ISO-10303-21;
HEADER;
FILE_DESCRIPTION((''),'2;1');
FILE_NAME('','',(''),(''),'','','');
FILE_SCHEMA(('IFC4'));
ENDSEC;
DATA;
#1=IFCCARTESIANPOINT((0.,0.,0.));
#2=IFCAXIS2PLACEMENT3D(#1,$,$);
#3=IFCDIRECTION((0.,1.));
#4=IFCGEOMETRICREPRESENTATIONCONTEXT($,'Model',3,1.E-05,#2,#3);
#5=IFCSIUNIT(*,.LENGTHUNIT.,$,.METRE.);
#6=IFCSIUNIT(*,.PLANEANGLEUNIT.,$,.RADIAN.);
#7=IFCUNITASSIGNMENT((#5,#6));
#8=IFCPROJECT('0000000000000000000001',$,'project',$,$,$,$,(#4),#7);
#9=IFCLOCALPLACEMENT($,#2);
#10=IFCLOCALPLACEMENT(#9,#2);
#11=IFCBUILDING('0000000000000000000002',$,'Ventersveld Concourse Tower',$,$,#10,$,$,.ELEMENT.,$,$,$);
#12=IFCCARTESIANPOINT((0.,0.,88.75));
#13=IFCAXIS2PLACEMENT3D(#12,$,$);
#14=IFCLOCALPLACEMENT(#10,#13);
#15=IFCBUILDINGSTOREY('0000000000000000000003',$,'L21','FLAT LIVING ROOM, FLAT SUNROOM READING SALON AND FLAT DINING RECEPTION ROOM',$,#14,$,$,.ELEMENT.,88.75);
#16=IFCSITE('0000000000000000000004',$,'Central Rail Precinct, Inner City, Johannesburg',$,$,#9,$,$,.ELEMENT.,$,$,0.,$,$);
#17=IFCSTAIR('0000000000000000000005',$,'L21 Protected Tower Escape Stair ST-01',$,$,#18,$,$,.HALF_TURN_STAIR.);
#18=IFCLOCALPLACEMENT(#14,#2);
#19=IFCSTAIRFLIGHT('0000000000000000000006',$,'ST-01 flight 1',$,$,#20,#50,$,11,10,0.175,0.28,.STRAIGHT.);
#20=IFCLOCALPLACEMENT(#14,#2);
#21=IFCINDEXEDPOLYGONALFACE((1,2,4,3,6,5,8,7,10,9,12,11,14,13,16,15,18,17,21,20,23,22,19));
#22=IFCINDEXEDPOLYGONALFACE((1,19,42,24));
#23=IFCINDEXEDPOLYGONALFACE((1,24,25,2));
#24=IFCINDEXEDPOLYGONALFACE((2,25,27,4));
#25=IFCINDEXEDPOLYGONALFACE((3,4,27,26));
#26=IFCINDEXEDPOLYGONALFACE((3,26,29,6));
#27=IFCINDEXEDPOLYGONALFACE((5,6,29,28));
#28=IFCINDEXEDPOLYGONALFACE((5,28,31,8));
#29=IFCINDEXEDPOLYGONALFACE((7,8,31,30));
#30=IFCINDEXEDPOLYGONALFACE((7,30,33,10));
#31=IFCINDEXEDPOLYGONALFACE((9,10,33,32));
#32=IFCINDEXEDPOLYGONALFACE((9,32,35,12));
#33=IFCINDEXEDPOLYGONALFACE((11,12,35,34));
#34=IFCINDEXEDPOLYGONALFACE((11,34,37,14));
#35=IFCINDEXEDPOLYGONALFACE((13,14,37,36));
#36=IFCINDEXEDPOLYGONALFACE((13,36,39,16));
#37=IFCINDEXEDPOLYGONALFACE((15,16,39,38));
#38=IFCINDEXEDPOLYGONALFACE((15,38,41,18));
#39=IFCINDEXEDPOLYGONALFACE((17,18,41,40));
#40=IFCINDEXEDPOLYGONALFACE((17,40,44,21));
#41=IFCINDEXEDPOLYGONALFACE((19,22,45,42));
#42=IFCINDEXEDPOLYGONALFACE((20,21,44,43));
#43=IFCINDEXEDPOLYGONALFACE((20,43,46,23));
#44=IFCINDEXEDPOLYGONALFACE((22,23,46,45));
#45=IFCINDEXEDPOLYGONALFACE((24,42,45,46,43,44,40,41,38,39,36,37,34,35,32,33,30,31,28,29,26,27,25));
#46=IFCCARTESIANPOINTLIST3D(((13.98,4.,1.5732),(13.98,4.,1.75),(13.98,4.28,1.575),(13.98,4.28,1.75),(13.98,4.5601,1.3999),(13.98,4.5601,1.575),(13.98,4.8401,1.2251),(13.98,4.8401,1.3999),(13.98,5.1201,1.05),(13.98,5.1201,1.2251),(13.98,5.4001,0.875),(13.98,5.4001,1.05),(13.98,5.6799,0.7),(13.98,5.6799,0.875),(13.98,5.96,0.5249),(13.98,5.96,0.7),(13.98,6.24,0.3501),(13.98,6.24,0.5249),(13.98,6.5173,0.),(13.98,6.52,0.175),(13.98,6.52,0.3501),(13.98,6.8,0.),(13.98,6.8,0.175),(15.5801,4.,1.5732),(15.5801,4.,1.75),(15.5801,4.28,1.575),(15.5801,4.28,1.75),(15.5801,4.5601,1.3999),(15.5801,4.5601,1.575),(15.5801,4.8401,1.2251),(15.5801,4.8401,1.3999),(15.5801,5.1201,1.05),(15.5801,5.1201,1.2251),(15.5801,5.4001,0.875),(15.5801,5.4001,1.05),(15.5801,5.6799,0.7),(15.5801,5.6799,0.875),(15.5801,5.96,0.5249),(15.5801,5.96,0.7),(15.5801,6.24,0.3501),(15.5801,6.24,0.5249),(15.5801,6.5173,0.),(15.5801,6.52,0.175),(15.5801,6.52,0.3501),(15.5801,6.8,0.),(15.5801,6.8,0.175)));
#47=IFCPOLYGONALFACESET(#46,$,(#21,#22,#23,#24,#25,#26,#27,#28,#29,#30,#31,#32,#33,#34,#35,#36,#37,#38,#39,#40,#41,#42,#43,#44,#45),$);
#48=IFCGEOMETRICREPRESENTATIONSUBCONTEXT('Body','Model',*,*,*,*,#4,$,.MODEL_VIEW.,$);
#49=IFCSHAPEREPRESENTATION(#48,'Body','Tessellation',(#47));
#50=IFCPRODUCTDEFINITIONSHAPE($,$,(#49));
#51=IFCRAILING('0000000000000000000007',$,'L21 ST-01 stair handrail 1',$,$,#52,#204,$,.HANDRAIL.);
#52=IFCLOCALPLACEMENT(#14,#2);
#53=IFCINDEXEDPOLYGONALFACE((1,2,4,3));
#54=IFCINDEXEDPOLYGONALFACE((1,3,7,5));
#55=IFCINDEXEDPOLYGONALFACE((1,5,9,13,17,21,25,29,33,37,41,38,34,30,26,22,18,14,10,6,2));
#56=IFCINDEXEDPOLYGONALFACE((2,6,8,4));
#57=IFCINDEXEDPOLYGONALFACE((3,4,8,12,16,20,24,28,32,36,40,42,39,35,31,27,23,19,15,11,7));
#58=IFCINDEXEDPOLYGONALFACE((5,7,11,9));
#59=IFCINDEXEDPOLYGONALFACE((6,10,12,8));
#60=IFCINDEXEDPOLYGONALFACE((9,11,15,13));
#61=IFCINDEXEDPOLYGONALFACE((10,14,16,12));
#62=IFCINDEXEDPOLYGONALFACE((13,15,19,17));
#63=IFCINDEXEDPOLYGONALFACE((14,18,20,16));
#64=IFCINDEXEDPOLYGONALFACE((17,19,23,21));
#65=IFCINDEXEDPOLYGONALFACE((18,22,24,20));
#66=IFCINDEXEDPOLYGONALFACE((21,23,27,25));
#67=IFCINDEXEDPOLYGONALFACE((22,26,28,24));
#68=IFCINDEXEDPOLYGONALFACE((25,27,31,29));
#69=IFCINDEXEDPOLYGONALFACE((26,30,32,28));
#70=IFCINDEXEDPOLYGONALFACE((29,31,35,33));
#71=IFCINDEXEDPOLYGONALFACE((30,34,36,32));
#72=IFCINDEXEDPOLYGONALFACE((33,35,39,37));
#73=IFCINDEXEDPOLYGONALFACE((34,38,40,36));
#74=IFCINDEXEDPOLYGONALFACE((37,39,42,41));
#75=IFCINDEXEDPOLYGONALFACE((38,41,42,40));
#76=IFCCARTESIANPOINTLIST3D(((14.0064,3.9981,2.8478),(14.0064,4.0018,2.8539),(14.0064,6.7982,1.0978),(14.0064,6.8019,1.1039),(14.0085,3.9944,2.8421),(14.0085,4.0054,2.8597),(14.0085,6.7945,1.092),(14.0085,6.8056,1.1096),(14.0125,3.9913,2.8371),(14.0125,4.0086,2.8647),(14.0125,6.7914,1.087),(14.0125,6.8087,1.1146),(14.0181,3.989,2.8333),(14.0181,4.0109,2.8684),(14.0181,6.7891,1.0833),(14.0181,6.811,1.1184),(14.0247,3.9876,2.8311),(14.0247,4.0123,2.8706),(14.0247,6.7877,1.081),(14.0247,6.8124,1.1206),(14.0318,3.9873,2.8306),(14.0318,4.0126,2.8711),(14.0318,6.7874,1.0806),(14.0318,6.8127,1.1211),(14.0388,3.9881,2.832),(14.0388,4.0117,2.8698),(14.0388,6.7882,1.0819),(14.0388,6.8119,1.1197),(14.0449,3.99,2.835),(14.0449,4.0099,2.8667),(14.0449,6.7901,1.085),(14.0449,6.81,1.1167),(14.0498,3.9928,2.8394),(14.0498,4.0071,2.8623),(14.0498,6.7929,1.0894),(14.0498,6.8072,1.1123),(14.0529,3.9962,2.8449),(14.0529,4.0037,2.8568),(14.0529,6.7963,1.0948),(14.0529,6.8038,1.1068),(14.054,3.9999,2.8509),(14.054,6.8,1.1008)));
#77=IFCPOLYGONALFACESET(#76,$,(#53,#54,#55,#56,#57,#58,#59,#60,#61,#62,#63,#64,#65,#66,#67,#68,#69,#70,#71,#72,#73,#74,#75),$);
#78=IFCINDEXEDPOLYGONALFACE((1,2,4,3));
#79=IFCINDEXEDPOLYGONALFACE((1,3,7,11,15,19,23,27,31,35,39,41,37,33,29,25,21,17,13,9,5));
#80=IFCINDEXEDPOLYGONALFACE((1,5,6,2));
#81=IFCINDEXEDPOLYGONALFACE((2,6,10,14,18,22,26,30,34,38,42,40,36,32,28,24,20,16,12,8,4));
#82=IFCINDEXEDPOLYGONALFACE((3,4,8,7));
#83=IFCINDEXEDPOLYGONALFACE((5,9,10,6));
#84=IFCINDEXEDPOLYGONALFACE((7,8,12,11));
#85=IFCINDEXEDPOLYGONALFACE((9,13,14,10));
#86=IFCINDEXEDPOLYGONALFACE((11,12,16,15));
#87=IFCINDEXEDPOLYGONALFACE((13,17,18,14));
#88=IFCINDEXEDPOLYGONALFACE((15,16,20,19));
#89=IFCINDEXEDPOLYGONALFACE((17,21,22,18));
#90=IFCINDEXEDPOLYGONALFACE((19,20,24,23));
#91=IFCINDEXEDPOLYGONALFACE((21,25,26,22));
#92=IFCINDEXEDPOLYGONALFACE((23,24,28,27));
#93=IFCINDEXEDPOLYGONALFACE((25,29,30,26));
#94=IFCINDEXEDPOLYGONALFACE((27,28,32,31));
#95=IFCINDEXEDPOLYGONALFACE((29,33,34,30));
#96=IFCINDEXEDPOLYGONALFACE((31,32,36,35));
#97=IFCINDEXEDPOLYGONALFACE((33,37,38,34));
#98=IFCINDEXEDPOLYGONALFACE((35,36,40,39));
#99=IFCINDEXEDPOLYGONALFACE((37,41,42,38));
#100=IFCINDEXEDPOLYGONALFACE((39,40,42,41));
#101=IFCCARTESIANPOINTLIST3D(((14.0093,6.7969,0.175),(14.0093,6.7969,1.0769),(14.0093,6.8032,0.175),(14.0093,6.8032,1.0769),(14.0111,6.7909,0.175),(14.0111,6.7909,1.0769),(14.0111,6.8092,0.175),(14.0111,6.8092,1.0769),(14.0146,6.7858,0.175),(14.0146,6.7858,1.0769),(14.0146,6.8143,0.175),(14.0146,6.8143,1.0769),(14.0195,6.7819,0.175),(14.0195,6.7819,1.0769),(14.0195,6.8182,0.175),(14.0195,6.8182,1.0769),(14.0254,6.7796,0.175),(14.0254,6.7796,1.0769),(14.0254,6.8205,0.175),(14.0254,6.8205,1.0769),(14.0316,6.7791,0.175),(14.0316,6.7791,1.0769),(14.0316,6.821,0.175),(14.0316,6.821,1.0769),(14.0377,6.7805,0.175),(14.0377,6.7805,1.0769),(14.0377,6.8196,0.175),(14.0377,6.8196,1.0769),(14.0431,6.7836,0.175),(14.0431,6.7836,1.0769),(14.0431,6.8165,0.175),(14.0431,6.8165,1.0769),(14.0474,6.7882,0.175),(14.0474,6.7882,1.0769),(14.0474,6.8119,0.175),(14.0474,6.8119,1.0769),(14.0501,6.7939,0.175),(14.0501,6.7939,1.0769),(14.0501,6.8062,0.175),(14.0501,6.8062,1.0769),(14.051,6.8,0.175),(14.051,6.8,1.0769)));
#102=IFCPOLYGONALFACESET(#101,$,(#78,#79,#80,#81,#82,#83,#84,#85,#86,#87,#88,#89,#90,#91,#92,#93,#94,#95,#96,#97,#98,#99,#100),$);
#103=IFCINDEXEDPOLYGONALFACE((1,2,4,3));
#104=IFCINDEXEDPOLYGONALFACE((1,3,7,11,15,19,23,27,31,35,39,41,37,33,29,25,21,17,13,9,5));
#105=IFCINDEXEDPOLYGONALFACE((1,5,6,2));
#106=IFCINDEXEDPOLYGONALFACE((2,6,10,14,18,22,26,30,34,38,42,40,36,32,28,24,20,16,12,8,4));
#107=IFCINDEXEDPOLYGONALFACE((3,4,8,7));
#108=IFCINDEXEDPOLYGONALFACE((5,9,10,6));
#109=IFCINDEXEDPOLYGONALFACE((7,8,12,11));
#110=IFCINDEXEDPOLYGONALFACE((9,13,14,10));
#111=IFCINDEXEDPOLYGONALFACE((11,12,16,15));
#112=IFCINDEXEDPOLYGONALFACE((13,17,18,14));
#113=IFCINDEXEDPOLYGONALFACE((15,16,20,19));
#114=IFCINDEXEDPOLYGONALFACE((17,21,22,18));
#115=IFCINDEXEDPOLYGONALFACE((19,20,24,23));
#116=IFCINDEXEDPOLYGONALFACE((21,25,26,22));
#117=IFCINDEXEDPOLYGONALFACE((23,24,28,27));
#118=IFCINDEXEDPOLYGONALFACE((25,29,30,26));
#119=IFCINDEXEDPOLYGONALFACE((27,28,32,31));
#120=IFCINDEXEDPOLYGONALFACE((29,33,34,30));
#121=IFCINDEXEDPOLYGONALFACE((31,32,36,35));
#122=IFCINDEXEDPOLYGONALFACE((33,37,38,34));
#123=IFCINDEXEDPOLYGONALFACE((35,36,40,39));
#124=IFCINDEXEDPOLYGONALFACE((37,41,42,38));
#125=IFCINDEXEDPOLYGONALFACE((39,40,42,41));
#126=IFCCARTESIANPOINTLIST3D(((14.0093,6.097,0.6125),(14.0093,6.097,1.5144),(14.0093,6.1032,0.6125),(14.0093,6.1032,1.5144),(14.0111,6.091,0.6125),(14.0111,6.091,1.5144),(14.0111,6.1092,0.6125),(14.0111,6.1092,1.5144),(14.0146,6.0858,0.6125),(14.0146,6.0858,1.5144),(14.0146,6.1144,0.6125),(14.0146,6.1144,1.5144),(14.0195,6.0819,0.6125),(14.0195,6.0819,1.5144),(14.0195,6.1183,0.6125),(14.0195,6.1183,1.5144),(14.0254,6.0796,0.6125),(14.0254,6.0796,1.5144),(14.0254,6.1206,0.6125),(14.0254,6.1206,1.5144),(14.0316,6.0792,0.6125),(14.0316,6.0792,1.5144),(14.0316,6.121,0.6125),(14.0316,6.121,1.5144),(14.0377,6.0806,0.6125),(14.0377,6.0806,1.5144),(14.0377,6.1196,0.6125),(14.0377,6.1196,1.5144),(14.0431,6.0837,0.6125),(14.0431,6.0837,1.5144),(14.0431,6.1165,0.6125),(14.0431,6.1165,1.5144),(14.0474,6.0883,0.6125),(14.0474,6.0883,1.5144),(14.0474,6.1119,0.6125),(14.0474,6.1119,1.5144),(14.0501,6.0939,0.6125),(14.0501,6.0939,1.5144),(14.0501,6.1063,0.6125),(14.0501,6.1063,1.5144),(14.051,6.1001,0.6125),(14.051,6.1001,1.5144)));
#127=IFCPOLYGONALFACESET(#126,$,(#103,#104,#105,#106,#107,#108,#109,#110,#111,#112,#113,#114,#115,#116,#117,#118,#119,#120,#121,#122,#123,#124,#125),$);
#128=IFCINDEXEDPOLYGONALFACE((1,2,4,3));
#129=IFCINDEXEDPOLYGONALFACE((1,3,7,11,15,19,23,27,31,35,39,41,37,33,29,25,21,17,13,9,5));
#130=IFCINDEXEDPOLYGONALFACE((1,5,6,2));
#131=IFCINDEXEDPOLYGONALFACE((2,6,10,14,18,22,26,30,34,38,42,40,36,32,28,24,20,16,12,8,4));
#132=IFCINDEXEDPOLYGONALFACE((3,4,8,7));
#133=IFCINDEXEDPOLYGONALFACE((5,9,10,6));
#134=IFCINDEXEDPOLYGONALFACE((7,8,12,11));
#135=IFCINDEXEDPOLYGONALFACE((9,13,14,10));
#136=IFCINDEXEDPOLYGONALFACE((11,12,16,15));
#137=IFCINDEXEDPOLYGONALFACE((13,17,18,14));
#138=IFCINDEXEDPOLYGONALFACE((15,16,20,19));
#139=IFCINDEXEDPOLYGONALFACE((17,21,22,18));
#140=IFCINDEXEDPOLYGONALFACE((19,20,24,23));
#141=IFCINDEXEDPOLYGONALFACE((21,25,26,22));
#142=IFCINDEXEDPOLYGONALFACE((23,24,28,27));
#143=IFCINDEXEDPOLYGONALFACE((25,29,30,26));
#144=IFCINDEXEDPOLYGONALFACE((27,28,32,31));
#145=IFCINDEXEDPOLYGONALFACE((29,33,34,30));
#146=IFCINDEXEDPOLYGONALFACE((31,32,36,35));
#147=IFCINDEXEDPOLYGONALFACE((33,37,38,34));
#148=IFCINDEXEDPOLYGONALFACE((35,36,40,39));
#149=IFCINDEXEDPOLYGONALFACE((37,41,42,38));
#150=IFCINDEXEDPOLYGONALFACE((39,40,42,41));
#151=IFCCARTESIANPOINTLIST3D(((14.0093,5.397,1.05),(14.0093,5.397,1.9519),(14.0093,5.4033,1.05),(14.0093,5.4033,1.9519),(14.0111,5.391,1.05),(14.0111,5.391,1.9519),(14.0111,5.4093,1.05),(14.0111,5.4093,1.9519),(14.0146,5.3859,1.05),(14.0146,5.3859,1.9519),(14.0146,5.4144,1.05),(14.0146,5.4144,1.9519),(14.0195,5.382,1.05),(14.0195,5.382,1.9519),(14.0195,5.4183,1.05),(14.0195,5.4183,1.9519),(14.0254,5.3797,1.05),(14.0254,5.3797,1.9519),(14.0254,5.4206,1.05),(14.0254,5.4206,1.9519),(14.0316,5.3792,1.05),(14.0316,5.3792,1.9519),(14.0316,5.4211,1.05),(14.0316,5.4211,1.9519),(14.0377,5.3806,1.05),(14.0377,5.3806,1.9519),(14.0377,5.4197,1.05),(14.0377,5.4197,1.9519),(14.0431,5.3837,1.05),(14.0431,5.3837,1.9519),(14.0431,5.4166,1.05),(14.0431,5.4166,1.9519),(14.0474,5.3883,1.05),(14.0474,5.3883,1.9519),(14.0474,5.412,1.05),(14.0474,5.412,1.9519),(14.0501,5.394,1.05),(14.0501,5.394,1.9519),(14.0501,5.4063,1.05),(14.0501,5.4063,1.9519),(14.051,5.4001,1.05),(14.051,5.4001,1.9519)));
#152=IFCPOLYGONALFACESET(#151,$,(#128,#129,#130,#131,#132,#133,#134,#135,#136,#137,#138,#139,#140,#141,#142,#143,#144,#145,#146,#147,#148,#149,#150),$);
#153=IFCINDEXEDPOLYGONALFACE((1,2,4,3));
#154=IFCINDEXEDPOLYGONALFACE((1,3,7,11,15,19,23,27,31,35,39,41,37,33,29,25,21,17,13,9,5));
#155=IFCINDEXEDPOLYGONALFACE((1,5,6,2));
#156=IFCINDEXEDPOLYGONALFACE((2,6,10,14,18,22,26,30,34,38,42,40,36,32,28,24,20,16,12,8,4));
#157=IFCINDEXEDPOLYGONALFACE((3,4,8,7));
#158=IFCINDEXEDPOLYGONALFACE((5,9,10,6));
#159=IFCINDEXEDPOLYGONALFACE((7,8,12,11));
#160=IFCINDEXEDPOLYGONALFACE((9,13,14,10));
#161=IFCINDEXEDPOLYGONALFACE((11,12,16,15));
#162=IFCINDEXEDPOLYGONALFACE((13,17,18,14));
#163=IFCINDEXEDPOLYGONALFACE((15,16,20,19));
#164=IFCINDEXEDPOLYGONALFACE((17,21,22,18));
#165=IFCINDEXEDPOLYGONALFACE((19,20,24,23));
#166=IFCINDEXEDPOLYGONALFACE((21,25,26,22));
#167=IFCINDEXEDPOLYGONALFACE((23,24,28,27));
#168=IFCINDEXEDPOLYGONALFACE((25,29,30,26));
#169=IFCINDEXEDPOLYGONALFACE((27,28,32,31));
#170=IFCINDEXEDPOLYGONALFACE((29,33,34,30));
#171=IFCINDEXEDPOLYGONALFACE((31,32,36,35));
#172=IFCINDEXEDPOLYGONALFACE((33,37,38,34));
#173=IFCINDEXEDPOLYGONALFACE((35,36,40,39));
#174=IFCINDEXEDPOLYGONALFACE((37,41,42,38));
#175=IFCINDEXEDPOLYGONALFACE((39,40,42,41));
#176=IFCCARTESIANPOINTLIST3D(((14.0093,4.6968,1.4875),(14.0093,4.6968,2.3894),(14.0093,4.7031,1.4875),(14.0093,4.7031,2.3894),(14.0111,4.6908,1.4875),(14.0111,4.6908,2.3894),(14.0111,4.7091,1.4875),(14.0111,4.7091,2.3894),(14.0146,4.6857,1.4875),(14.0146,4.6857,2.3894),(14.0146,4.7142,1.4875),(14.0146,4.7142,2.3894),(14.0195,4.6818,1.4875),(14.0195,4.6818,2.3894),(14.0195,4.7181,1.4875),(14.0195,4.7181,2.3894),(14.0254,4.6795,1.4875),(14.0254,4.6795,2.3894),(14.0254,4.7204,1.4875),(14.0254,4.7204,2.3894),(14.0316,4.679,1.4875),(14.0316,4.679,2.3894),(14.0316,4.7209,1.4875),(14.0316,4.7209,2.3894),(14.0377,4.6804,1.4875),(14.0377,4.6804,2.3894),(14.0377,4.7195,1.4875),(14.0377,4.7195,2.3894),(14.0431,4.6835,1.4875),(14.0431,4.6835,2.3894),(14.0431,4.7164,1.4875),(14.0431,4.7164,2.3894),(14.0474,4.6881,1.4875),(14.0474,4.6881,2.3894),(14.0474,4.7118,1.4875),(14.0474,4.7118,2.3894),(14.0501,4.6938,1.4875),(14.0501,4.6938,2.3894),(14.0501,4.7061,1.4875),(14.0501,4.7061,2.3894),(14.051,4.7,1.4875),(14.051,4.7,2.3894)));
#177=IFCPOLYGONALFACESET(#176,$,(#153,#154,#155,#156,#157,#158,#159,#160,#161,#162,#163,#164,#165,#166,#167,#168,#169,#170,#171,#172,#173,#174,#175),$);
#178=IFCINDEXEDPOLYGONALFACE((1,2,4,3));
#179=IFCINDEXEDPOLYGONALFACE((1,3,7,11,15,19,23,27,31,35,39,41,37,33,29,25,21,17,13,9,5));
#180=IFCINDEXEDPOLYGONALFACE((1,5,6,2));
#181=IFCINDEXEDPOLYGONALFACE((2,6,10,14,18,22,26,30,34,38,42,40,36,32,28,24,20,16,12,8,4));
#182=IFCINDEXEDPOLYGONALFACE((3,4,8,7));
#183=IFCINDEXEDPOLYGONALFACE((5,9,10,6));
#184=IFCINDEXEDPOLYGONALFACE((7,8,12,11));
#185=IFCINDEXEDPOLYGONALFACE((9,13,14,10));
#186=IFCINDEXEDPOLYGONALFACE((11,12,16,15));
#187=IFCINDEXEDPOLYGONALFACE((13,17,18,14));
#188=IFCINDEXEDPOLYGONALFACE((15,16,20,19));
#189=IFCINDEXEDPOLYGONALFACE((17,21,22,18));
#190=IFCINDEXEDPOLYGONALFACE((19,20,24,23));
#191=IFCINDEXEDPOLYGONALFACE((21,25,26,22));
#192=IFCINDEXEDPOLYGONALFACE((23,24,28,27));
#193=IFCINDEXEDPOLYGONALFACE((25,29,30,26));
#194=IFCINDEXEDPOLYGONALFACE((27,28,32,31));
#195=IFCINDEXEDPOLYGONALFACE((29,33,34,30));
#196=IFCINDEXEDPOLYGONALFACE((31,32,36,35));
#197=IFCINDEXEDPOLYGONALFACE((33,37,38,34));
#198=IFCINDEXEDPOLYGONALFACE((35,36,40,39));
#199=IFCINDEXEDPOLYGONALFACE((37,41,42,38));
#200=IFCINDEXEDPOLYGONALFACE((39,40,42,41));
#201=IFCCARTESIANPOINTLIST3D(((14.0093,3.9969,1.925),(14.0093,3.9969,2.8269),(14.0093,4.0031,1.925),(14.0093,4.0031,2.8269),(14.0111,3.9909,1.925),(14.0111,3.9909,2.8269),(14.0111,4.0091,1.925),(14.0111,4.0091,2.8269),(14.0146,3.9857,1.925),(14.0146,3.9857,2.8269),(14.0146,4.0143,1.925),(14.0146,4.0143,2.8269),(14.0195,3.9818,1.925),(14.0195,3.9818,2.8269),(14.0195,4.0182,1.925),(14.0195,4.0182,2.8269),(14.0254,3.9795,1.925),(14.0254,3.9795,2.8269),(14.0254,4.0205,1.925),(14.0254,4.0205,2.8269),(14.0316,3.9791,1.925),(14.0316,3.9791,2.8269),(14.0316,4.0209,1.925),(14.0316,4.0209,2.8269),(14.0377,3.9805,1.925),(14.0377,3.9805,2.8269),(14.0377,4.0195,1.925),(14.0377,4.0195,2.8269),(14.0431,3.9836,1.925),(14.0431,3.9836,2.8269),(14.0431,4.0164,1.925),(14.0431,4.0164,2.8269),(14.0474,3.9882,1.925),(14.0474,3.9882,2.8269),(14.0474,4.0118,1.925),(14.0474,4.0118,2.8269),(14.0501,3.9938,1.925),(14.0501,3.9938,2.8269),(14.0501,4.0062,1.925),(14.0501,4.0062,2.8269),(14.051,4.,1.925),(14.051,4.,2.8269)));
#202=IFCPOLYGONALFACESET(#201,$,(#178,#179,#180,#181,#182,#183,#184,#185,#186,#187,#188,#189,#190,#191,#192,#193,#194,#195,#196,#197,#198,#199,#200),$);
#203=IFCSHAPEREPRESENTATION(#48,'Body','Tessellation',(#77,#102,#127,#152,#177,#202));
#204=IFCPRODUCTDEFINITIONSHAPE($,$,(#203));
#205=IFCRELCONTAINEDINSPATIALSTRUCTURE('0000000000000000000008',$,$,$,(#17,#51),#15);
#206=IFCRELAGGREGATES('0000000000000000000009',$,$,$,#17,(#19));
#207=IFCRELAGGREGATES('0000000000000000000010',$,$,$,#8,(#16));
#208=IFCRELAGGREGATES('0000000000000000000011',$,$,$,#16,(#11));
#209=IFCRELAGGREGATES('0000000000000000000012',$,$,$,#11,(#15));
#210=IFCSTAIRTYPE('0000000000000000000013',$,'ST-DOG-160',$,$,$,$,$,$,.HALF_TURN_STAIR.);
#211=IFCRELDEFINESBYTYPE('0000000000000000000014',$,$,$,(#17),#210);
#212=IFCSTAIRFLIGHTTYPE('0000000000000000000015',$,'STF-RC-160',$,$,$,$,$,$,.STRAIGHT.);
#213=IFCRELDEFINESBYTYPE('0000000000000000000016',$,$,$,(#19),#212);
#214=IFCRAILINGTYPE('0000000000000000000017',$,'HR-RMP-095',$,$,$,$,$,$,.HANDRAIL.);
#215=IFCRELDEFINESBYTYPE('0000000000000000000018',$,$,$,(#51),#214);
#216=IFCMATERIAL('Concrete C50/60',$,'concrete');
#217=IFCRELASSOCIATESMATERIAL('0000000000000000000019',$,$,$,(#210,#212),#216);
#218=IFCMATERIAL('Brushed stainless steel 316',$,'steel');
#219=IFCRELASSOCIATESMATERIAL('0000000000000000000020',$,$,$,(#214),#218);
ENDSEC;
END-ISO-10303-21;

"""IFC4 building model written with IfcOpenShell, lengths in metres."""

from ifc_helpers import new_model, si_unit, direction, frame, origin, origin_2d, place, context, subcontext, project, spatial, polyline, circle, outline, extrude, material, type_object, element, aggregate, save


model = new_model("IFC4")

# Units and contexts
model_context = context("Model", 3, precision=1e-05, world=origin(), true_north=direction((0.0, 1.0)))
body_context = subcontext(model_context, "Body", "Model", "MODEL_VIEW")
ifc_project = project(units=[si_unit("LENGTHUNIT", "METRE"), si_unit("PLANEANGLEUNIT", "RADIAN")], contexts=[model_context])

# Site, building, storey
site_placement = place(None, origin())
site = spatial("IfcSite", under=ifc_project, at=site_placement, Name="Central Rail Precinct, Inner City, Johannesburg", CompositionType="ELEMENT", RefElevation=0.0)
building_placement = place(site_placement, origin())
building = spatial("IfcBuilding", under=site, at=building_placement, Name="Ventersveld Concourse Tower", CompositionType="ELEMENT")
storey_placement = place(building_placement, frame((0.0, 0.0, 88.75)))
storey = spatial("IfcBuildingStorey", under=building, at=storey_placement, Name="L21", Description="FLAT LIVING ROOM, FLAT SUNROOM READING SALON AND FLAT DINING RECEPTION ROOM", CompositionType="ELEMENT", Elevation=88.75)

# Shared definitions
ifc_material_1 = material(Name="Concrete C50/60", Category="concrete")

# Stair, stair flight
stair_type = type_object("IfcStairType", Name="ST-DOG-160", PredefinedType="HALF_TURN_STAIR", material=ifc_material_1)
stair_placement = place(storey_placement, origin())
stair = element("IfcStair", 1, at=stair_placement, inside=storey, type_object=stair_type, Name="L21 Protected Tower Escape Stair ST-01", PredefinedType="HALF_TURN_STAIR")
stair_flight_type = type_object("IfcStairFlightType", Name="STF-RC-160", PredefinedType="STRAIGHT", material=ifc_material_1)
stair_flight_placement = place(storey_placement, frame((14.78, 6.8, 0.0), z_axis=(0.0, 0.0, 1.0), x_axis=(0.0, -1.0, 0.0)))
stair_flight = element("IfcStairFlight", 2, at=stair_flight_placement, type_object=stair_flight_type, Name="ST-01 flight 1", NumberOfRisers=11, NumberOfTreads=10, PredefinedType="STRAIGHT", RiserHeight=0.175, TreadLength=0.28, context=body_context, shape_type="SweptSolid", body=[
    extrude(outline(polyline([(0.0, 0.0), (0.0, 0.175), (0.28, 0.175), (0.28, 0.3501), (0.5601, 0.3501), (0.5601, 0.5249), (0.8401, 0.5249), (0.8401, 0.7), (1.1201, 0.7), (1.1201, 0.875), (1.3999, 0.875), (1.3999, 1.05), (1.6799, 1.05), (1.6799, 1.2251), (1.96, 1.2251), (1.96, 1.3999), (2.24, 1.3999), (2.24, 1.575), (2.52, 1.575), (2.52, 1.75), (2.8, 1.75), (2.8, 1.925), (2.8, 1.5732), (0.2827, 0.0), (0.0, 0.0)])), frame((0.0, 0.8, 0.0), z_axis=(0.0, -1.0, 0.0), x_axis=(1.0, 0.0, 0.0)), (0.0, 0.0, 1.0), 1.6001),
])
aggregate(stair, [stair_flight])

# Railing
ifc_material_2 = material(Name="Brushed stainless steel 316", Category="steel")
railing_type = type_object("IfcRailingType", Name="HR-RMP-095", PredefinedType="HANDRAIL", material=ifc_material_2)
railing_placement = place(storey_placement, frame((14.03, 6.8, 0.175)))
element("IfcRailing", 3, at=railing_placement, inside=storey, type_object=railing_type, Name="L21 ST-01 stair handrail 1", PredefinedType="HANDRAIL", context=body_context, shape_type="SweptSolid", body=[
    extrude(circle(Radius=0.0239, at=origin_2d()), frame((0.0, 0.0, 0.9258), z_axis=(0.0, -0.848002, 0.529992), x_axis=(1.0, 0.0, 0.0)), (0.0, 0.0, 1.0), 3.302),
    extrude(circle(Radius=0.021, at=origin_2d()), origin(), (0.0, 0.0, 1.0), 0.9019),
    extrude(circle(Radius=0.021, at=origin_2d()), frame((0.0, -0.7, 0.4375)), (0.0, 0.0, 1.0), 0.9019),
    extrude(circle(Radius=0.021, at=origin_2d()), frame((0.0, -1.3999, 0.875)), (0.0, 0.0, 1.0), 0.9019),
    extrude(circle(Radius=0.021, at=origin_2d()), frame((0.0, -2.1001, 1.3125)), (0.0, 0.0, 1.0), 0.9019),
    extrude(circle(Radius=0.021, at=origin_2d()), frame((0.0, -2.8, 1.75)), (0.0, 0.0, 1.0), 0.9019),
])

save(model, "model.ifc")
